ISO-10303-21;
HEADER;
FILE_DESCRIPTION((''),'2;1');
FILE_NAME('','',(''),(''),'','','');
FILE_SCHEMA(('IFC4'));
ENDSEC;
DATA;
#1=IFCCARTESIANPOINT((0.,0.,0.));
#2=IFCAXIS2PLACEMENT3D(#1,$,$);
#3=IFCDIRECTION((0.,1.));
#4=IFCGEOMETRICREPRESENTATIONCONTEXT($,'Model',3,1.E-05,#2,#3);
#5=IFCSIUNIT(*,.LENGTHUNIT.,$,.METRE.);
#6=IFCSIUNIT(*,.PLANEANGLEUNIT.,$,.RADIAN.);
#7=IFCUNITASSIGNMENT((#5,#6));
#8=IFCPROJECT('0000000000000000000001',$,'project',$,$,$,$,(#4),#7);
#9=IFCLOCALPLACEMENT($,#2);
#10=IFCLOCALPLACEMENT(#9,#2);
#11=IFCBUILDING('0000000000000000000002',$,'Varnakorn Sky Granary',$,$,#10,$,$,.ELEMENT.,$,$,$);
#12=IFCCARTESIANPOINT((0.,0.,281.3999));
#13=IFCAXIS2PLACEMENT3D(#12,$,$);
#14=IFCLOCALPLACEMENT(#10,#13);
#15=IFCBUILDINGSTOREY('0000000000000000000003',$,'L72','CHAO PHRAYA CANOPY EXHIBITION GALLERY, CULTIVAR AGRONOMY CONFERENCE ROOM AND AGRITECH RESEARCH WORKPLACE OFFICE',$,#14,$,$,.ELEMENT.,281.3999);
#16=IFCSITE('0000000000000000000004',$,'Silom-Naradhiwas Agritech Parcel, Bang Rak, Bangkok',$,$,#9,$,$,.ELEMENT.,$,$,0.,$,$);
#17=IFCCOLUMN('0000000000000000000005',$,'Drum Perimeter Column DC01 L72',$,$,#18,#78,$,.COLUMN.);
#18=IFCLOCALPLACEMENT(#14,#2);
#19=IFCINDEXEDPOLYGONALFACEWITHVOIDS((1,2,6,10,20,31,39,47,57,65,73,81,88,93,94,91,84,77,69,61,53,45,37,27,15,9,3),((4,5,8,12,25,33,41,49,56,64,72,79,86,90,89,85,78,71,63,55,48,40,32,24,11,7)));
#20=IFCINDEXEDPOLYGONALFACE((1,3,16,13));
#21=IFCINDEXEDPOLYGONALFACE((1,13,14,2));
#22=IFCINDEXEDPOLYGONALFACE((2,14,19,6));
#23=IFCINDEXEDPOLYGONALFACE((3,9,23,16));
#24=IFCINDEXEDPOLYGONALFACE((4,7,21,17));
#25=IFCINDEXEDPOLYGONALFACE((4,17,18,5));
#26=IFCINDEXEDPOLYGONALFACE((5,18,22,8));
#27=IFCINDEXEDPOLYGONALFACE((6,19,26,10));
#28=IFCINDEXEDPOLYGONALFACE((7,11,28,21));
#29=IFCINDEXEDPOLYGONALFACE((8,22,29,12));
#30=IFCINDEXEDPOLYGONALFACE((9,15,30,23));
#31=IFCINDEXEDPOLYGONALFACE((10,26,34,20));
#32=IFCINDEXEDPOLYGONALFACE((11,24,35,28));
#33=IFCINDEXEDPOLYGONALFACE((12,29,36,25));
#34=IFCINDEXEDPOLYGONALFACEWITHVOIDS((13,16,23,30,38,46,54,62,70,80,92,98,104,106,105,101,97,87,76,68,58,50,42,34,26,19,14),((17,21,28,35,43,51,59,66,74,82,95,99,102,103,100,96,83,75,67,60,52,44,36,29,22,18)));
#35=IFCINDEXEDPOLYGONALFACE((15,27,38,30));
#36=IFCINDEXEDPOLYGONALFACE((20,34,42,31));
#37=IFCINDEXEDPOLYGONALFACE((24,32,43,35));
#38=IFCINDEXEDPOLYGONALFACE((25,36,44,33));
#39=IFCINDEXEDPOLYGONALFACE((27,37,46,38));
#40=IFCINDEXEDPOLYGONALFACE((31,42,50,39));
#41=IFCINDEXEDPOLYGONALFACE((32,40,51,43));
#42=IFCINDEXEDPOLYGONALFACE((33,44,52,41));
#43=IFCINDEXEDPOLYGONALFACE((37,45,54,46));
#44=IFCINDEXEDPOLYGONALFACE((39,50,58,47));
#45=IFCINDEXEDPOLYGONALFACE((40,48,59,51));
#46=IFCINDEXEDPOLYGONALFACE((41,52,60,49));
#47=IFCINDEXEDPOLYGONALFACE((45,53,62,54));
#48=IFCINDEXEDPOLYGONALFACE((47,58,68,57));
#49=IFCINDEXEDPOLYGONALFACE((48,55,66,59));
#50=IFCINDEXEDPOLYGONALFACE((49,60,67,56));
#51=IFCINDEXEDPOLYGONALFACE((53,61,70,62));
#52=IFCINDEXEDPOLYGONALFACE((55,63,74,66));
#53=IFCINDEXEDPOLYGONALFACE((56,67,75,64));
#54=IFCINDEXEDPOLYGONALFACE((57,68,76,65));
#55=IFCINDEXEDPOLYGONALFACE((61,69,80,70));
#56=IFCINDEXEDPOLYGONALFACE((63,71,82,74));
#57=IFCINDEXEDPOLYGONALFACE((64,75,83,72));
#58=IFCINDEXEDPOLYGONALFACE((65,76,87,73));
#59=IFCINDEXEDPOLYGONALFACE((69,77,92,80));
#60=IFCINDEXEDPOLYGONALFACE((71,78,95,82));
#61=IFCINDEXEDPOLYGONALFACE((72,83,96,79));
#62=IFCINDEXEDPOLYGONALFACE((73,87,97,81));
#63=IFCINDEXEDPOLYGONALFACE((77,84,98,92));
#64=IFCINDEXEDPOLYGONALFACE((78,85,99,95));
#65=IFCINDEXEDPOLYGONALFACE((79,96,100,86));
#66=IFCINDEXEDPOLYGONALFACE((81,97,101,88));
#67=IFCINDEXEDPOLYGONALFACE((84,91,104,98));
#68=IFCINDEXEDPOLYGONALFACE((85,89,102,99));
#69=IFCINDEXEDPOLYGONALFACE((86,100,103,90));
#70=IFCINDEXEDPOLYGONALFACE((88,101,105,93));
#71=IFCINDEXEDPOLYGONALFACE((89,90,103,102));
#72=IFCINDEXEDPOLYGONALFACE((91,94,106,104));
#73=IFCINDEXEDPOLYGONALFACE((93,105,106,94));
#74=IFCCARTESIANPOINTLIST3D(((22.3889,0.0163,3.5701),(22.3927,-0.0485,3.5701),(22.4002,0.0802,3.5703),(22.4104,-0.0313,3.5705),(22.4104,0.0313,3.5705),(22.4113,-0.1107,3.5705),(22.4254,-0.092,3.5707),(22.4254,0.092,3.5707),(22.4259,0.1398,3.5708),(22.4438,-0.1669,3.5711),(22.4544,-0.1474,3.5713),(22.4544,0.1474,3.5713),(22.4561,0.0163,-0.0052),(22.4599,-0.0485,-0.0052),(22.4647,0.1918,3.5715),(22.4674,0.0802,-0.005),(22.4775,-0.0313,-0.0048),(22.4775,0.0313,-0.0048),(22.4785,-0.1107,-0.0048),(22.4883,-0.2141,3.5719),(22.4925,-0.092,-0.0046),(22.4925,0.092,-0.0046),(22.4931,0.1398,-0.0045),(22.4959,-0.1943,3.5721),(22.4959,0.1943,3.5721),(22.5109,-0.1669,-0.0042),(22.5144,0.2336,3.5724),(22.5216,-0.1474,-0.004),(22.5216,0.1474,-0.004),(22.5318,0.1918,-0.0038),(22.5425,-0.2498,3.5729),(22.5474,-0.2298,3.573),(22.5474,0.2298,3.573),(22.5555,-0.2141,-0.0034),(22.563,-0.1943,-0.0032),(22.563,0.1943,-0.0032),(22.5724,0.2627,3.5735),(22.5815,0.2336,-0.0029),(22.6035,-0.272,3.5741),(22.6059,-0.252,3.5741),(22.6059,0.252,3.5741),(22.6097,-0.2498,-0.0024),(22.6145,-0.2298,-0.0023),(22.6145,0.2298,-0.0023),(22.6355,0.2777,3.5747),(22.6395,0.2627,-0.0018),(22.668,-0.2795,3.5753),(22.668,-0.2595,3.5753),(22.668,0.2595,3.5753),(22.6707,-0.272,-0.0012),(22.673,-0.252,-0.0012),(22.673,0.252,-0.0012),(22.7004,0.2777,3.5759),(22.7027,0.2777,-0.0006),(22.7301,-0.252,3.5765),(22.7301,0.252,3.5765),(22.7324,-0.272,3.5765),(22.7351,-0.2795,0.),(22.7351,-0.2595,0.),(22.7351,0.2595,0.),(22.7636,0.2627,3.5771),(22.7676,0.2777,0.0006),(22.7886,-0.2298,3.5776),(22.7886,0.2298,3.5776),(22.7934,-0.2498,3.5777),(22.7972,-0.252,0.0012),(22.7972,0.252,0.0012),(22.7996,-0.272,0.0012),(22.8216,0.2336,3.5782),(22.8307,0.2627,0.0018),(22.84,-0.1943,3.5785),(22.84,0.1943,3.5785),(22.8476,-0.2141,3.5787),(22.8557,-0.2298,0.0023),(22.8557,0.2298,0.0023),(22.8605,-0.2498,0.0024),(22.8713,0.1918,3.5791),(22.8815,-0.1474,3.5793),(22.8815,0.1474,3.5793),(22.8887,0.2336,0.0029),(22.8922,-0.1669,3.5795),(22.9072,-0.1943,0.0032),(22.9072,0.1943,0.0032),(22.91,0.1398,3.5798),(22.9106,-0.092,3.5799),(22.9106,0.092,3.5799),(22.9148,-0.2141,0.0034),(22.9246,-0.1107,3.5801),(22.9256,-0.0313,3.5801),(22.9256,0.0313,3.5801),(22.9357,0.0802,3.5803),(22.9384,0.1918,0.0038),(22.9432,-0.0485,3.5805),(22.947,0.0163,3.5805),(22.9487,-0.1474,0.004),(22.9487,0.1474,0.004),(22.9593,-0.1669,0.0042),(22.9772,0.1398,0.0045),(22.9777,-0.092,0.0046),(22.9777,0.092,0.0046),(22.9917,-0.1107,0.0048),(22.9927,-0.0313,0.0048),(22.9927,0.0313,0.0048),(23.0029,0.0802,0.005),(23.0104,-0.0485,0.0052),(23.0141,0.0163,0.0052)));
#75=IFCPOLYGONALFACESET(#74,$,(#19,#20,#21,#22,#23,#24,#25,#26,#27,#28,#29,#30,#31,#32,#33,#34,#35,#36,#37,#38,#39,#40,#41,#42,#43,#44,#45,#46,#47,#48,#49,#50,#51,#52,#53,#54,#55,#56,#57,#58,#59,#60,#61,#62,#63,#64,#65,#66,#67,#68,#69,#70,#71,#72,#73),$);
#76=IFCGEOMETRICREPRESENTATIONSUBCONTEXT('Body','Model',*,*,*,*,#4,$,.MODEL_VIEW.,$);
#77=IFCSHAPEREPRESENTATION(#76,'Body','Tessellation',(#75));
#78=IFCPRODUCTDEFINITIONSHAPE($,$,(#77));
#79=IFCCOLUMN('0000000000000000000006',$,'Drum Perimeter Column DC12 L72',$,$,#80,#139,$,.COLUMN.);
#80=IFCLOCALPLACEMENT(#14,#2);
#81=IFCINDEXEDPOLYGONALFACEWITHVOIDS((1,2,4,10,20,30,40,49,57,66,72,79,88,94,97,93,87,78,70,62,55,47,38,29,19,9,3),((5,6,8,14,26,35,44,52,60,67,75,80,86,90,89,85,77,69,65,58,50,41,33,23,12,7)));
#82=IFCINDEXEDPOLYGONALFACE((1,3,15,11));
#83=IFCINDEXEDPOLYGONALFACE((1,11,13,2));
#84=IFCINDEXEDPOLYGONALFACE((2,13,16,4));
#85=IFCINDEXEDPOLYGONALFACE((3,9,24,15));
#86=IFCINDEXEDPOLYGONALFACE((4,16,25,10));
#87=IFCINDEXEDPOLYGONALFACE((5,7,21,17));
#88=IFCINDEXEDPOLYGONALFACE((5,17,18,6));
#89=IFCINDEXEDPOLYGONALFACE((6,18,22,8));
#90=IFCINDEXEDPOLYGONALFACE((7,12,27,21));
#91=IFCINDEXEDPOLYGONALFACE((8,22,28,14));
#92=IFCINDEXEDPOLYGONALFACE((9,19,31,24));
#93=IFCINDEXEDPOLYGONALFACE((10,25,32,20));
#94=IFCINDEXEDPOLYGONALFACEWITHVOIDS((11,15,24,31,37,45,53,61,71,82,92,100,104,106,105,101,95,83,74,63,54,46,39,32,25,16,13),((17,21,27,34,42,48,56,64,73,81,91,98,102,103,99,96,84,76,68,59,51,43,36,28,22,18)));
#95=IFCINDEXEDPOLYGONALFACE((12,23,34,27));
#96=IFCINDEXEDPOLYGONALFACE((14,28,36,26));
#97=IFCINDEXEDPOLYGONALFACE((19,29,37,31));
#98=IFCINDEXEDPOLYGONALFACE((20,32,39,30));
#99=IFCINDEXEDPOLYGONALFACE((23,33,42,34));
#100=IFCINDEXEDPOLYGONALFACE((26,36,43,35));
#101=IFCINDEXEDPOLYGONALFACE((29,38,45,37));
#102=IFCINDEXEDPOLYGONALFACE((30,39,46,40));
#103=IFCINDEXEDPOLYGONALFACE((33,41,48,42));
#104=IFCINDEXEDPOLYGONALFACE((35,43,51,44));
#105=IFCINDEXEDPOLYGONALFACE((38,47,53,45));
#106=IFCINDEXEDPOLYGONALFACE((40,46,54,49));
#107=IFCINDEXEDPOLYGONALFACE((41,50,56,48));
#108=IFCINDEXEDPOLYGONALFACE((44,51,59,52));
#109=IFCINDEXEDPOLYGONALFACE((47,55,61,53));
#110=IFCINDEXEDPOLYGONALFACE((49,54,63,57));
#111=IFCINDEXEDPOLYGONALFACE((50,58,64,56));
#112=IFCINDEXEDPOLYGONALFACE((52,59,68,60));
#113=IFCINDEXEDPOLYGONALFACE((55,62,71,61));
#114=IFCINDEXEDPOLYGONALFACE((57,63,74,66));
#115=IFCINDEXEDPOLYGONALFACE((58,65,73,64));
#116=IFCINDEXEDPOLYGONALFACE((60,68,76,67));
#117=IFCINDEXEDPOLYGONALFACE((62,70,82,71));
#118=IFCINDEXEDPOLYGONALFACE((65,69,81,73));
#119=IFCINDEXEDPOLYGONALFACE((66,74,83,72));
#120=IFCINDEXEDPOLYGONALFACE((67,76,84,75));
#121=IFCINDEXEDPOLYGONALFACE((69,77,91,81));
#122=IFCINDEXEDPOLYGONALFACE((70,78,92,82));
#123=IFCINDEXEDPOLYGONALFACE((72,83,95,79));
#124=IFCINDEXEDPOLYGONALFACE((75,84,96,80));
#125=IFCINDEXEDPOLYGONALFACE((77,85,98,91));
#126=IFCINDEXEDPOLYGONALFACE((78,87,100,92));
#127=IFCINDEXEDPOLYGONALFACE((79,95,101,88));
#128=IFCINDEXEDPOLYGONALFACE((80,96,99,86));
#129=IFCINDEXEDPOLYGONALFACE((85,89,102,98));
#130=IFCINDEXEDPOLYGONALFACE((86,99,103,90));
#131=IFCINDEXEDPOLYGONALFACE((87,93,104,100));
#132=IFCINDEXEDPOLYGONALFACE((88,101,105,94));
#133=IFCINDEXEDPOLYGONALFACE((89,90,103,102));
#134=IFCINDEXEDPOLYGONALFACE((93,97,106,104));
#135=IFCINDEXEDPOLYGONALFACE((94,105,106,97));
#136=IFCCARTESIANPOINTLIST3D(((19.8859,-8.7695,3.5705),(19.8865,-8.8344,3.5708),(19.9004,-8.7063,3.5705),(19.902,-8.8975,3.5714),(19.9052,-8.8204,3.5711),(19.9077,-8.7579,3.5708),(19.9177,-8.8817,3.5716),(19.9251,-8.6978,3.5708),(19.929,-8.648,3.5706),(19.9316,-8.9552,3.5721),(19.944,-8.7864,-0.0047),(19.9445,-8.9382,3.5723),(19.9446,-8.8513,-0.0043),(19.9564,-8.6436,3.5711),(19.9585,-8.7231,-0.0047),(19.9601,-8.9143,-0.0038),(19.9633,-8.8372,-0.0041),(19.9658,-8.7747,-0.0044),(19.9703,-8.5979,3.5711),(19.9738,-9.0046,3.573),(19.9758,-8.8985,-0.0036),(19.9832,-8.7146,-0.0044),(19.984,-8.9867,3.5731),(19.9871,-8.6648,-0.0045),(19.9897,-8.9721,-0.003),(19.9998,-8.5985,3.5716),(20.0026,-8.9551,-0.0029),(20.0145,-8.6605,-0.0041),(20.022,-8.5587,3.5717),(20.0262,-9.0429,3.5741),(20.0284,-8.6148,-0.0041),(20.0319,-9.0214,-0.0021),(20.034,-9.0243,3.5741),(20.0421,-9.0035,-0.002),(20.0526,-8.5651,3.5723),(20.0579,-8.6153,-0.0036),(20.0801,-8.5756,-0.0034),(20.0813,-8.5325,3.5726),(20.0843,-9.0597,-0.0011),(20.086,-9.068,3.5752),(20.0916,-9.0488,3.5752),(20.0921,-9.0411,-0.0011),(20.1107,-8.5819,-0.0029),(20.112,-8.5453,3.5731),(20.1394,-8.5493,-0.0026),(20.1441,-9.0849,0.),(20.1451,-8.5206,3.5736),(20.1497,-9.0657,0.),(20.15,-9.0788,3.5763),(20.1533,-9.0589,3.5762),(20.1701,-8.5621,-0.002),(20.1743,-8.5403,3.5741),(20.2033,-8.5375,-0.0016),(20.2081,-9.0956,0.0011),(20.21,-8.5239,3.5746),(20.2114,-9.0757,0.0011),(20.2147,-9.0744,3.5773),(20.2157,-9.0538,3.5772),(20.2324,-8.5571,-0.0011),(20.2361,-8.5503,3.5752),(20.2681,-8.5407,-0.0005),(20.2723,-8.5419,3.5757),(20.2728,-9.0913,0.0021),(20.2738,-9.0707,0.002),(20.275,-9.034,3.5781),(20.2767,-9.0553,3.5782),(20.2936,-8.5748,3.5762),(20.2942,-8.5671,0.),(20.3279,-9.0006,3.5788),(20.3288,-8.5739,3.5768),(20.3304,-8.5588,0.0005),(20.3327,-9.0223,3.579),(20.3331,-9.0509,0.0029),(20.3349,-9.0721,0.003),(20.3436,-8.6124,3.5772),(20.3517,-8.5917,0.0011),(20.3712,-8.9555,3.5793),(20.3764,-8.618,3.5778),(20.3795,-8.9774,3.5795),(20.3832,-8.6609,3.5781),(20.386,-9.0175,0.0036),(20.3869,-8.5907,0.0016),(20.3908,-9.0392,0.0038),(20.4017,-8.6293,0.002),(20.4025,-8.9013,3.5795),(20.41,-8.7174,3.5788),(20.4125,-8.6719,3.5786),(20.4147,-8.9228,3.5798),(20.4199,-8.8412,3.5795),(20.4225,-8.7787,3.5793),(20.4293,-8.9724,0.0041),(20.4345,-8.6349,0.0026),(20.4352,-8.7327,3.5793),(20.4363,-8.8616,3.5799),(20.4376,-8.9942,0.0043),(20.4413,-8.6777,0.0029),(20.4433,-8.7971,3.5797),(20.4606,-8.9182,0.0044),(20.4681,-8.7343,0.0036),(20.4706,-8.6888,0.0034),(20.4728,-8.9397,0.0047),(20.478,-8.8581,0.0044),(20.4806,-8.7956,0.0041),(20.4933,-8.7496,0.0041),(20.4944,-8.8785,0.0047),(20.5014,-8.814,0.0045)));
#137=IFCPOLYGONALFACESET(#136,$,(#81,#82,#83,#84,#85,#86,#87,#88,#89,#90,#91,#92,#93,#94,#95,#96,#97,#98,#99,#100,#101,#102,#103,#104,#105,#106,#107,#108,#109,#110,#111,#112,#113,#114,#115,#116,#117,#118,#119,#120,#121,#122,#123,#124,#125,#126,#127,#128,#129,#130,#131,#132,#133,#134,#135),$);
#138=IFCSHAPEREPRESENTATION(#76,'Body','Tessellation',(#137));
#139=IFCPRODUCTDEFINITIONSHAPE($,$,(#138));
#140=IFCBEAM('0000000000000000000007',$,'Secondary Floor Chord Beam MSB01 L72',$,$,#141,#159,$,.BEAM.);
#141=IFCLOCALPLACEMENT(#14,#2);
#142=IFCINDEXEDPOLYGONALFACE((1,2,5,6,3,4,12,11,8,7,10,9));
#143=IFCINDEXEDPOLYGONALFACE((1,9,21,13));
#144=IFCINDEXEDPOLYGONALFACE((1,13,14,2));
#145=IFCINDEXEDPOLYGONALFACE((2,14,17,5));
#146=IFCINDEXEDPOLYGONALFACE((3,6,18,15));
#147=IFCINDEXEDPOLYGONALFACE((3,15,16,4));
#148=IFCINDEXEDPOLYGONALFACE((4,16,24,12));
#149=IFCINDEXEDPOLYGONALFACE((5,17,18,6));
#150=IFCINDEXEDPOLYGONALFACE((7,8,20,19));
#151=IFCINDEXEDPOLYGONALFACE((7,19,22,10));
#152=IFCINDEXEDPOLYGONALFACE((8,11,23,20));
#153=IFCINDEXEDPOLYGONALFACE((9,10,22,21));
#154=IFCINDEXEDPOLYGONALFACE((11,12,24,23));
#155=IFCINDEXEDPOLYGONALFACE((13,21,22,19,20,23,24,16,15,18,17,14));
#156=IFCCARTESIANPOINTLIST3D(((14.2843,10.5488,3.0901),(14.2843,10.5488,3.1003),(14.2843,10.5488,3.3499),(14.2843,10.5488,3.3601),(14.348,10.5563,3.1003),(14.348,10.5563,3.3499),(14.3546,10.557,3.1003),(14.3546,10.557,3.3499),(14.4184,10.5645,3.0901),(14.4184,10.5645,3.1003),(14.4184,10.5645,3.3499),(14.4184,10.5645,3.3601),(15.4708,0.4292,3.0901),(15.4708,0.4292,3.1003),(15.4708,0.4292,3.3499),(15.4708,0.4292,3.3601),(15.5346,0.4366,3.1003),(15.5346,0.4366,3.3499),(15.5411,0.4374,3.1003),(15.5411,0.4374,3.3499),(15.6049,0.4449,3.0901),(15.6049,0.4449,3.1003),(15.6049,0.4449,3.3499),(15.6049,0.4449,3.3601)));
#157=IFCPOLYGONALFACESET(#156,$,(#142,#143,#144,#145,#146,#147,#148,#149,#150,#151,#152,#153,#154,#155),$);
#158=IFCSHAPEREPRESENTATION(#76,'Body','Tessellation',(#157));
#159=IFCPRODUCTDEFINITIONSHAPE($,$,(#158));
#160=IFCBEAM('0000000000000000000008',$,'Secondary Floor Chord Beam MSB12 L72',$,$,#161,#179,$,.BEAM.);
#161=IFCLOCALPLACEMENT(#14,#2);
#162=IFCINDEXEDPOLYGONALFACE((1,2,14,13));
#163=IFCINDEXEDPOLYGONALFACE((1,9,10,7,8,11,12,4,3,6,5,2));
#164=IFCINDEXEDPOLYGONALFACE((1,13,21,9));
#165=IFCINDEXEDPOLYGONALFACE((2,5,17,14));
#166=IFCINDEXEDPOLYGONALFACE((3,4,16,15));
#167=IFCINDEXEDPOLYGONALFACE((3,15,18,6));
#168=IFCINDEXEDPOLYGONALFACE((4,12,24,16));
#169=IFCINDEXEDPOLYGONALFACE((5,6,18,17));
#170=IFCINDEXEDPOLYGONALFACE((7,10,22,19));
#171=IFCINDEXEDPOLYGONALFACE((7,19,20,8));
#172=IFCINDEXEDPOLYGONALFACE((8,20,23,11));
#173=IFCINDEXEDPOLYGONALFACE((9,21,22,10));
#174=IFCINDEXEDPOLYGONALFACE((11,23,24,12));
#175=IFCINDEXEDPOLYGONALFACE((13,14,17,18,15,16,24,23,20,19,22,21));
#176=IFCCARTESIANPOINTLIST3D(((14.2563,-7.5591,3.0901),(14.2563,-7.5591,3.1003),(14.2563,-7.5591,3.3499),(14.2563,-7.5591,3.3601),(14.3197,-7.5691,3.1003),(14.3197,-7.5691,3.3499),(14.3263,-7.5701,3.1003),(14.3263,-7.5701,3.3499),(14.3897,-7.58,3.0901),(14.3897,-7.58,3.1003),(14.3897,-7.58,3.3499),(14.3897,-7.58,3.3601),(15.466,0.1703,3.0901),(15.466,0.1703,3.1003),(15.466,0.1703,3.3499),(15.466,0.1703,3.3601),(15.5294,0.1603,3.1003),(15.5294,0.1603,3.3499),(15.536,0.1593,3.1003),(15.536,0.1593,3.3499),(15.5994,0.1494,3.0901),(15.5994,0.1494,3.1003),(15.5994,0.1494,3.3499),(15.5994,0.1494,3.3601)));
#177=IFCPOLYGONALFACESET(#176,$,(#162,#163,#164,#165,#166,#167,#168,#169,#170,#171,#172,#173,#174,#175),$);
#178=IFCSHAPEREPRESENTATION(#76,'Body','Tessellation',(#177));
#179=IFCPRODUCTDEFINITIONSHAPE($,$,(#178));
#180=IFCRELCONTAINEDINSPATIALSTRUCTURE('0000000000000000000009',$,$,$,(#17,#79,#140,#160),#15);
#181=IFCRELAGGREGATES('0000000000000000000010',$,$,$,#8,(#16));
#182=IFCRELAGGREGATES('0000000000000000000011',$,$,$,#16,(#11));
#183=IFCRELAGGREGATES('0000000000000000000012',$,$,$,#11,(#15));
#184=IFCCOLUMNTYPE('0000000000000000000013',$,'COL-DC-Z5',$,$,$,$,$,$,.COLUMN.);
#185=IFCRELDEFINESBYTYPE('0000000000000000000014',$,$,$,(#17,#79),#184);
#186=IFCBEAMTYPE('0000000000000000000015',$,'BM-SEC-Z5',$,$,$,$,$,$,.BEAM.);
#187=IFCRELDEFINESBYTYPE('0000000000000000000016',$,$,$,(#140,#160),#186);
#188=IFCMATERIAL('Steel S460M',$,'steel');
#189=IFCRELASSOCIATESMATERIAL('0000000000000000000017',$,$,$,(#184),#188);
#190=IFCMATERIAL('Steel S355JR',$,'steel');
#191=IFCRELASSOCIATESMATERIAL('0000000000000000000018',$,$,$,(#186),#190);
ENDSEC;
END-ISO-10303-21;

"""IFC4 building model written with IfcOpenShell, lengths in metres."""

from ifc_helpers import new_model, si_unit, direction, frame, origin, origin_2d, place, context, subcontext, project, spatial, hollow_circle, i_section, extrude, material, material_profile, profile_set, type_object, element, save


model = new_model("IFC4")

# Units and contexts
model_context = context("Model", 3, precision=1e-05, world=origin(), true_north=direction((0.0, 1.0)))
body_context = subcontext(model_context, "Body", "Model", "MODEL_VIEW")
ifc_project = project(units=[si_unit("LENGTHUNIT", "METRE"), si_unit("PLANEANGLEUNIT", "RADIAN")], contexts=[model_context])

# Site, building, storey
site_placement = place(None, origin())
site = spatial("IfcSite", under=ifc_project, at=site_placement, Name="Silom-Naradhiwas Agritech Parcel, Bang Rak, Bangkok", CompositionType="ELEMENT", RefElevation=0.0)
building_placement = place(site_placement, origin())
building = spatial("IfcBuilding", under=site, at=building_placement, Name="Varnakorn Sky Granary", CompositionType="ELEMENT")
storey_placement = place(building_placement, frame((0.0, 0.0, 281.3999)))
storey = spatial("IfcBuildingStorey", under=building, at=storey_placement, Name="L72", Description="CHAO PHRAYA CANOPY EXHIBITION GALLERY, CULTIVAR AGRONOMY CONFERENCE ROOM AND AGRITECH RESEARCH WORKPLACE OFFICE", CompositionType="ELEMENT", Elevation=281.3999)

# Columns
ifc_material_1 = material(Name="Steel S460M", Category="steel")
ifc_material_profile_1 = material_profile(ifc_material_1, hollow_circle(Radius=0.2795, WallThickness=0.02, at=origin_2d()), Name="CHS 559x20")
ifc_profile_set_1 = profile_set([ifc_material_profile_1], Name="Steel S460M")
column_type = type_object("IfcColumnType", Name="COL-DC-Z5", PredefinedType="COLUMN", material=ifc_profile_set_1)
column_1_placement = place(storey_placement, frame((22.7351, 0.0, 0.0), z_axis=(-0.018776, 0.0, 0.999824), x_axis=(0.0, -1.0, 0.0)))
element("IfcColumn", 1, at=column_1_placement, inside=storey, type_object=column_type, Name="Drum Perimeter Column DC01 L72", PredefinedType="COLUMN", context=body_context, shape_type="SweptSolid", body=[
    extrude(hollow_circle(Radius=0.2795, WallThickness=0.02, at=origin_2d()), origin(), (0.0, 0.0, 1.0), 3.5759),
])
column_2_placement = place(storey_placement, frame((20.2219, -8.8164, 0.0), z_axis=(-0.01625, 0.004711, 0.999857), x_axis=(-0.27845, -0.960451, 0.0)))
element("IfcColumn", 2, at=column_2_placement, inside=storey, type_object=column_type, Name="Drum Perimeter Column DC12 L72", PredefinedType="COLUMN", context=body_context, shape_type="SweptSolid", body=[
    extrude(hollow_circle(Radius=0.2795, WallThickness=0.02, at=origin_2d()), origin(), (0.0, 0.0, 1.0), 3.5757),
])

# Beams
ifc_material_2 = material(Name="Steel S355JR", Category="steel")
ifc_material_profile_2 = material_profile(ifc_material_2, i_section(OverallWidth=0.135, OverallDepth=0.27, WebThickness=0.0066, FlangeThickness=0.0103, at=origin_2d()), Name="IPE 270")
ifc_profile_set_2 = profile_set([ifc_material_profile_2], Name="Steel S355JR")
beam_type_1 = type_object("IfcBeamType", Name="BM-SEC-Z5", PredefinedType="BEAM", material=ifc_profile_set_2)
beam_1_placement = place(storey_placement, frame((15.5378, 0.437, 3.2251), z_axis=(-0.116452, 0.993196, 0.0), x_axis=(-0.993196, -0.116452, 0.0)))
element("IfcBeam", 3, at=beam_1_placement, inside=storey, type_object=beam_type_1, Name="Secondary Floor Chord Beam MSB01 L72", PredefinedType="BEAM", context=body_context, shape_type="SweptSolid", body=[
    extrude(i_section(OverallWidth=0.135, OverallDepth=0.27, WebThickness=0.0066, FlangeThickness=0.0103, at=origin_2d()), origin(), (0.0, 0.0, 1.0), 10.189),
])
beam_2_placement = place(storey_placement, frame((14.323, -7.5696, 3.2251), z_axis=(0.154624, 0.987973, 0.0), x_axis=(-0.987973, 0.154624, 0.0)))
element("IfcBeam", 4, at=beam_2_placement, inside=storey, type_object=beam_type_1, Name="Secondary Floor Chord Beam MSB12 L72", PredefinedType="BEAM", context=body_context, shape_type="SweptSolid", body=[
    extrude(i_section(OverallWidth=0.135, OverallDepth=0.27, WebThickness=0.0066, FlangeThickness=0.0103, at=origin_2d()), origin(), (0.0, 0.0, 1.0), 7.8235),
])

save(model, "model.ifc")
